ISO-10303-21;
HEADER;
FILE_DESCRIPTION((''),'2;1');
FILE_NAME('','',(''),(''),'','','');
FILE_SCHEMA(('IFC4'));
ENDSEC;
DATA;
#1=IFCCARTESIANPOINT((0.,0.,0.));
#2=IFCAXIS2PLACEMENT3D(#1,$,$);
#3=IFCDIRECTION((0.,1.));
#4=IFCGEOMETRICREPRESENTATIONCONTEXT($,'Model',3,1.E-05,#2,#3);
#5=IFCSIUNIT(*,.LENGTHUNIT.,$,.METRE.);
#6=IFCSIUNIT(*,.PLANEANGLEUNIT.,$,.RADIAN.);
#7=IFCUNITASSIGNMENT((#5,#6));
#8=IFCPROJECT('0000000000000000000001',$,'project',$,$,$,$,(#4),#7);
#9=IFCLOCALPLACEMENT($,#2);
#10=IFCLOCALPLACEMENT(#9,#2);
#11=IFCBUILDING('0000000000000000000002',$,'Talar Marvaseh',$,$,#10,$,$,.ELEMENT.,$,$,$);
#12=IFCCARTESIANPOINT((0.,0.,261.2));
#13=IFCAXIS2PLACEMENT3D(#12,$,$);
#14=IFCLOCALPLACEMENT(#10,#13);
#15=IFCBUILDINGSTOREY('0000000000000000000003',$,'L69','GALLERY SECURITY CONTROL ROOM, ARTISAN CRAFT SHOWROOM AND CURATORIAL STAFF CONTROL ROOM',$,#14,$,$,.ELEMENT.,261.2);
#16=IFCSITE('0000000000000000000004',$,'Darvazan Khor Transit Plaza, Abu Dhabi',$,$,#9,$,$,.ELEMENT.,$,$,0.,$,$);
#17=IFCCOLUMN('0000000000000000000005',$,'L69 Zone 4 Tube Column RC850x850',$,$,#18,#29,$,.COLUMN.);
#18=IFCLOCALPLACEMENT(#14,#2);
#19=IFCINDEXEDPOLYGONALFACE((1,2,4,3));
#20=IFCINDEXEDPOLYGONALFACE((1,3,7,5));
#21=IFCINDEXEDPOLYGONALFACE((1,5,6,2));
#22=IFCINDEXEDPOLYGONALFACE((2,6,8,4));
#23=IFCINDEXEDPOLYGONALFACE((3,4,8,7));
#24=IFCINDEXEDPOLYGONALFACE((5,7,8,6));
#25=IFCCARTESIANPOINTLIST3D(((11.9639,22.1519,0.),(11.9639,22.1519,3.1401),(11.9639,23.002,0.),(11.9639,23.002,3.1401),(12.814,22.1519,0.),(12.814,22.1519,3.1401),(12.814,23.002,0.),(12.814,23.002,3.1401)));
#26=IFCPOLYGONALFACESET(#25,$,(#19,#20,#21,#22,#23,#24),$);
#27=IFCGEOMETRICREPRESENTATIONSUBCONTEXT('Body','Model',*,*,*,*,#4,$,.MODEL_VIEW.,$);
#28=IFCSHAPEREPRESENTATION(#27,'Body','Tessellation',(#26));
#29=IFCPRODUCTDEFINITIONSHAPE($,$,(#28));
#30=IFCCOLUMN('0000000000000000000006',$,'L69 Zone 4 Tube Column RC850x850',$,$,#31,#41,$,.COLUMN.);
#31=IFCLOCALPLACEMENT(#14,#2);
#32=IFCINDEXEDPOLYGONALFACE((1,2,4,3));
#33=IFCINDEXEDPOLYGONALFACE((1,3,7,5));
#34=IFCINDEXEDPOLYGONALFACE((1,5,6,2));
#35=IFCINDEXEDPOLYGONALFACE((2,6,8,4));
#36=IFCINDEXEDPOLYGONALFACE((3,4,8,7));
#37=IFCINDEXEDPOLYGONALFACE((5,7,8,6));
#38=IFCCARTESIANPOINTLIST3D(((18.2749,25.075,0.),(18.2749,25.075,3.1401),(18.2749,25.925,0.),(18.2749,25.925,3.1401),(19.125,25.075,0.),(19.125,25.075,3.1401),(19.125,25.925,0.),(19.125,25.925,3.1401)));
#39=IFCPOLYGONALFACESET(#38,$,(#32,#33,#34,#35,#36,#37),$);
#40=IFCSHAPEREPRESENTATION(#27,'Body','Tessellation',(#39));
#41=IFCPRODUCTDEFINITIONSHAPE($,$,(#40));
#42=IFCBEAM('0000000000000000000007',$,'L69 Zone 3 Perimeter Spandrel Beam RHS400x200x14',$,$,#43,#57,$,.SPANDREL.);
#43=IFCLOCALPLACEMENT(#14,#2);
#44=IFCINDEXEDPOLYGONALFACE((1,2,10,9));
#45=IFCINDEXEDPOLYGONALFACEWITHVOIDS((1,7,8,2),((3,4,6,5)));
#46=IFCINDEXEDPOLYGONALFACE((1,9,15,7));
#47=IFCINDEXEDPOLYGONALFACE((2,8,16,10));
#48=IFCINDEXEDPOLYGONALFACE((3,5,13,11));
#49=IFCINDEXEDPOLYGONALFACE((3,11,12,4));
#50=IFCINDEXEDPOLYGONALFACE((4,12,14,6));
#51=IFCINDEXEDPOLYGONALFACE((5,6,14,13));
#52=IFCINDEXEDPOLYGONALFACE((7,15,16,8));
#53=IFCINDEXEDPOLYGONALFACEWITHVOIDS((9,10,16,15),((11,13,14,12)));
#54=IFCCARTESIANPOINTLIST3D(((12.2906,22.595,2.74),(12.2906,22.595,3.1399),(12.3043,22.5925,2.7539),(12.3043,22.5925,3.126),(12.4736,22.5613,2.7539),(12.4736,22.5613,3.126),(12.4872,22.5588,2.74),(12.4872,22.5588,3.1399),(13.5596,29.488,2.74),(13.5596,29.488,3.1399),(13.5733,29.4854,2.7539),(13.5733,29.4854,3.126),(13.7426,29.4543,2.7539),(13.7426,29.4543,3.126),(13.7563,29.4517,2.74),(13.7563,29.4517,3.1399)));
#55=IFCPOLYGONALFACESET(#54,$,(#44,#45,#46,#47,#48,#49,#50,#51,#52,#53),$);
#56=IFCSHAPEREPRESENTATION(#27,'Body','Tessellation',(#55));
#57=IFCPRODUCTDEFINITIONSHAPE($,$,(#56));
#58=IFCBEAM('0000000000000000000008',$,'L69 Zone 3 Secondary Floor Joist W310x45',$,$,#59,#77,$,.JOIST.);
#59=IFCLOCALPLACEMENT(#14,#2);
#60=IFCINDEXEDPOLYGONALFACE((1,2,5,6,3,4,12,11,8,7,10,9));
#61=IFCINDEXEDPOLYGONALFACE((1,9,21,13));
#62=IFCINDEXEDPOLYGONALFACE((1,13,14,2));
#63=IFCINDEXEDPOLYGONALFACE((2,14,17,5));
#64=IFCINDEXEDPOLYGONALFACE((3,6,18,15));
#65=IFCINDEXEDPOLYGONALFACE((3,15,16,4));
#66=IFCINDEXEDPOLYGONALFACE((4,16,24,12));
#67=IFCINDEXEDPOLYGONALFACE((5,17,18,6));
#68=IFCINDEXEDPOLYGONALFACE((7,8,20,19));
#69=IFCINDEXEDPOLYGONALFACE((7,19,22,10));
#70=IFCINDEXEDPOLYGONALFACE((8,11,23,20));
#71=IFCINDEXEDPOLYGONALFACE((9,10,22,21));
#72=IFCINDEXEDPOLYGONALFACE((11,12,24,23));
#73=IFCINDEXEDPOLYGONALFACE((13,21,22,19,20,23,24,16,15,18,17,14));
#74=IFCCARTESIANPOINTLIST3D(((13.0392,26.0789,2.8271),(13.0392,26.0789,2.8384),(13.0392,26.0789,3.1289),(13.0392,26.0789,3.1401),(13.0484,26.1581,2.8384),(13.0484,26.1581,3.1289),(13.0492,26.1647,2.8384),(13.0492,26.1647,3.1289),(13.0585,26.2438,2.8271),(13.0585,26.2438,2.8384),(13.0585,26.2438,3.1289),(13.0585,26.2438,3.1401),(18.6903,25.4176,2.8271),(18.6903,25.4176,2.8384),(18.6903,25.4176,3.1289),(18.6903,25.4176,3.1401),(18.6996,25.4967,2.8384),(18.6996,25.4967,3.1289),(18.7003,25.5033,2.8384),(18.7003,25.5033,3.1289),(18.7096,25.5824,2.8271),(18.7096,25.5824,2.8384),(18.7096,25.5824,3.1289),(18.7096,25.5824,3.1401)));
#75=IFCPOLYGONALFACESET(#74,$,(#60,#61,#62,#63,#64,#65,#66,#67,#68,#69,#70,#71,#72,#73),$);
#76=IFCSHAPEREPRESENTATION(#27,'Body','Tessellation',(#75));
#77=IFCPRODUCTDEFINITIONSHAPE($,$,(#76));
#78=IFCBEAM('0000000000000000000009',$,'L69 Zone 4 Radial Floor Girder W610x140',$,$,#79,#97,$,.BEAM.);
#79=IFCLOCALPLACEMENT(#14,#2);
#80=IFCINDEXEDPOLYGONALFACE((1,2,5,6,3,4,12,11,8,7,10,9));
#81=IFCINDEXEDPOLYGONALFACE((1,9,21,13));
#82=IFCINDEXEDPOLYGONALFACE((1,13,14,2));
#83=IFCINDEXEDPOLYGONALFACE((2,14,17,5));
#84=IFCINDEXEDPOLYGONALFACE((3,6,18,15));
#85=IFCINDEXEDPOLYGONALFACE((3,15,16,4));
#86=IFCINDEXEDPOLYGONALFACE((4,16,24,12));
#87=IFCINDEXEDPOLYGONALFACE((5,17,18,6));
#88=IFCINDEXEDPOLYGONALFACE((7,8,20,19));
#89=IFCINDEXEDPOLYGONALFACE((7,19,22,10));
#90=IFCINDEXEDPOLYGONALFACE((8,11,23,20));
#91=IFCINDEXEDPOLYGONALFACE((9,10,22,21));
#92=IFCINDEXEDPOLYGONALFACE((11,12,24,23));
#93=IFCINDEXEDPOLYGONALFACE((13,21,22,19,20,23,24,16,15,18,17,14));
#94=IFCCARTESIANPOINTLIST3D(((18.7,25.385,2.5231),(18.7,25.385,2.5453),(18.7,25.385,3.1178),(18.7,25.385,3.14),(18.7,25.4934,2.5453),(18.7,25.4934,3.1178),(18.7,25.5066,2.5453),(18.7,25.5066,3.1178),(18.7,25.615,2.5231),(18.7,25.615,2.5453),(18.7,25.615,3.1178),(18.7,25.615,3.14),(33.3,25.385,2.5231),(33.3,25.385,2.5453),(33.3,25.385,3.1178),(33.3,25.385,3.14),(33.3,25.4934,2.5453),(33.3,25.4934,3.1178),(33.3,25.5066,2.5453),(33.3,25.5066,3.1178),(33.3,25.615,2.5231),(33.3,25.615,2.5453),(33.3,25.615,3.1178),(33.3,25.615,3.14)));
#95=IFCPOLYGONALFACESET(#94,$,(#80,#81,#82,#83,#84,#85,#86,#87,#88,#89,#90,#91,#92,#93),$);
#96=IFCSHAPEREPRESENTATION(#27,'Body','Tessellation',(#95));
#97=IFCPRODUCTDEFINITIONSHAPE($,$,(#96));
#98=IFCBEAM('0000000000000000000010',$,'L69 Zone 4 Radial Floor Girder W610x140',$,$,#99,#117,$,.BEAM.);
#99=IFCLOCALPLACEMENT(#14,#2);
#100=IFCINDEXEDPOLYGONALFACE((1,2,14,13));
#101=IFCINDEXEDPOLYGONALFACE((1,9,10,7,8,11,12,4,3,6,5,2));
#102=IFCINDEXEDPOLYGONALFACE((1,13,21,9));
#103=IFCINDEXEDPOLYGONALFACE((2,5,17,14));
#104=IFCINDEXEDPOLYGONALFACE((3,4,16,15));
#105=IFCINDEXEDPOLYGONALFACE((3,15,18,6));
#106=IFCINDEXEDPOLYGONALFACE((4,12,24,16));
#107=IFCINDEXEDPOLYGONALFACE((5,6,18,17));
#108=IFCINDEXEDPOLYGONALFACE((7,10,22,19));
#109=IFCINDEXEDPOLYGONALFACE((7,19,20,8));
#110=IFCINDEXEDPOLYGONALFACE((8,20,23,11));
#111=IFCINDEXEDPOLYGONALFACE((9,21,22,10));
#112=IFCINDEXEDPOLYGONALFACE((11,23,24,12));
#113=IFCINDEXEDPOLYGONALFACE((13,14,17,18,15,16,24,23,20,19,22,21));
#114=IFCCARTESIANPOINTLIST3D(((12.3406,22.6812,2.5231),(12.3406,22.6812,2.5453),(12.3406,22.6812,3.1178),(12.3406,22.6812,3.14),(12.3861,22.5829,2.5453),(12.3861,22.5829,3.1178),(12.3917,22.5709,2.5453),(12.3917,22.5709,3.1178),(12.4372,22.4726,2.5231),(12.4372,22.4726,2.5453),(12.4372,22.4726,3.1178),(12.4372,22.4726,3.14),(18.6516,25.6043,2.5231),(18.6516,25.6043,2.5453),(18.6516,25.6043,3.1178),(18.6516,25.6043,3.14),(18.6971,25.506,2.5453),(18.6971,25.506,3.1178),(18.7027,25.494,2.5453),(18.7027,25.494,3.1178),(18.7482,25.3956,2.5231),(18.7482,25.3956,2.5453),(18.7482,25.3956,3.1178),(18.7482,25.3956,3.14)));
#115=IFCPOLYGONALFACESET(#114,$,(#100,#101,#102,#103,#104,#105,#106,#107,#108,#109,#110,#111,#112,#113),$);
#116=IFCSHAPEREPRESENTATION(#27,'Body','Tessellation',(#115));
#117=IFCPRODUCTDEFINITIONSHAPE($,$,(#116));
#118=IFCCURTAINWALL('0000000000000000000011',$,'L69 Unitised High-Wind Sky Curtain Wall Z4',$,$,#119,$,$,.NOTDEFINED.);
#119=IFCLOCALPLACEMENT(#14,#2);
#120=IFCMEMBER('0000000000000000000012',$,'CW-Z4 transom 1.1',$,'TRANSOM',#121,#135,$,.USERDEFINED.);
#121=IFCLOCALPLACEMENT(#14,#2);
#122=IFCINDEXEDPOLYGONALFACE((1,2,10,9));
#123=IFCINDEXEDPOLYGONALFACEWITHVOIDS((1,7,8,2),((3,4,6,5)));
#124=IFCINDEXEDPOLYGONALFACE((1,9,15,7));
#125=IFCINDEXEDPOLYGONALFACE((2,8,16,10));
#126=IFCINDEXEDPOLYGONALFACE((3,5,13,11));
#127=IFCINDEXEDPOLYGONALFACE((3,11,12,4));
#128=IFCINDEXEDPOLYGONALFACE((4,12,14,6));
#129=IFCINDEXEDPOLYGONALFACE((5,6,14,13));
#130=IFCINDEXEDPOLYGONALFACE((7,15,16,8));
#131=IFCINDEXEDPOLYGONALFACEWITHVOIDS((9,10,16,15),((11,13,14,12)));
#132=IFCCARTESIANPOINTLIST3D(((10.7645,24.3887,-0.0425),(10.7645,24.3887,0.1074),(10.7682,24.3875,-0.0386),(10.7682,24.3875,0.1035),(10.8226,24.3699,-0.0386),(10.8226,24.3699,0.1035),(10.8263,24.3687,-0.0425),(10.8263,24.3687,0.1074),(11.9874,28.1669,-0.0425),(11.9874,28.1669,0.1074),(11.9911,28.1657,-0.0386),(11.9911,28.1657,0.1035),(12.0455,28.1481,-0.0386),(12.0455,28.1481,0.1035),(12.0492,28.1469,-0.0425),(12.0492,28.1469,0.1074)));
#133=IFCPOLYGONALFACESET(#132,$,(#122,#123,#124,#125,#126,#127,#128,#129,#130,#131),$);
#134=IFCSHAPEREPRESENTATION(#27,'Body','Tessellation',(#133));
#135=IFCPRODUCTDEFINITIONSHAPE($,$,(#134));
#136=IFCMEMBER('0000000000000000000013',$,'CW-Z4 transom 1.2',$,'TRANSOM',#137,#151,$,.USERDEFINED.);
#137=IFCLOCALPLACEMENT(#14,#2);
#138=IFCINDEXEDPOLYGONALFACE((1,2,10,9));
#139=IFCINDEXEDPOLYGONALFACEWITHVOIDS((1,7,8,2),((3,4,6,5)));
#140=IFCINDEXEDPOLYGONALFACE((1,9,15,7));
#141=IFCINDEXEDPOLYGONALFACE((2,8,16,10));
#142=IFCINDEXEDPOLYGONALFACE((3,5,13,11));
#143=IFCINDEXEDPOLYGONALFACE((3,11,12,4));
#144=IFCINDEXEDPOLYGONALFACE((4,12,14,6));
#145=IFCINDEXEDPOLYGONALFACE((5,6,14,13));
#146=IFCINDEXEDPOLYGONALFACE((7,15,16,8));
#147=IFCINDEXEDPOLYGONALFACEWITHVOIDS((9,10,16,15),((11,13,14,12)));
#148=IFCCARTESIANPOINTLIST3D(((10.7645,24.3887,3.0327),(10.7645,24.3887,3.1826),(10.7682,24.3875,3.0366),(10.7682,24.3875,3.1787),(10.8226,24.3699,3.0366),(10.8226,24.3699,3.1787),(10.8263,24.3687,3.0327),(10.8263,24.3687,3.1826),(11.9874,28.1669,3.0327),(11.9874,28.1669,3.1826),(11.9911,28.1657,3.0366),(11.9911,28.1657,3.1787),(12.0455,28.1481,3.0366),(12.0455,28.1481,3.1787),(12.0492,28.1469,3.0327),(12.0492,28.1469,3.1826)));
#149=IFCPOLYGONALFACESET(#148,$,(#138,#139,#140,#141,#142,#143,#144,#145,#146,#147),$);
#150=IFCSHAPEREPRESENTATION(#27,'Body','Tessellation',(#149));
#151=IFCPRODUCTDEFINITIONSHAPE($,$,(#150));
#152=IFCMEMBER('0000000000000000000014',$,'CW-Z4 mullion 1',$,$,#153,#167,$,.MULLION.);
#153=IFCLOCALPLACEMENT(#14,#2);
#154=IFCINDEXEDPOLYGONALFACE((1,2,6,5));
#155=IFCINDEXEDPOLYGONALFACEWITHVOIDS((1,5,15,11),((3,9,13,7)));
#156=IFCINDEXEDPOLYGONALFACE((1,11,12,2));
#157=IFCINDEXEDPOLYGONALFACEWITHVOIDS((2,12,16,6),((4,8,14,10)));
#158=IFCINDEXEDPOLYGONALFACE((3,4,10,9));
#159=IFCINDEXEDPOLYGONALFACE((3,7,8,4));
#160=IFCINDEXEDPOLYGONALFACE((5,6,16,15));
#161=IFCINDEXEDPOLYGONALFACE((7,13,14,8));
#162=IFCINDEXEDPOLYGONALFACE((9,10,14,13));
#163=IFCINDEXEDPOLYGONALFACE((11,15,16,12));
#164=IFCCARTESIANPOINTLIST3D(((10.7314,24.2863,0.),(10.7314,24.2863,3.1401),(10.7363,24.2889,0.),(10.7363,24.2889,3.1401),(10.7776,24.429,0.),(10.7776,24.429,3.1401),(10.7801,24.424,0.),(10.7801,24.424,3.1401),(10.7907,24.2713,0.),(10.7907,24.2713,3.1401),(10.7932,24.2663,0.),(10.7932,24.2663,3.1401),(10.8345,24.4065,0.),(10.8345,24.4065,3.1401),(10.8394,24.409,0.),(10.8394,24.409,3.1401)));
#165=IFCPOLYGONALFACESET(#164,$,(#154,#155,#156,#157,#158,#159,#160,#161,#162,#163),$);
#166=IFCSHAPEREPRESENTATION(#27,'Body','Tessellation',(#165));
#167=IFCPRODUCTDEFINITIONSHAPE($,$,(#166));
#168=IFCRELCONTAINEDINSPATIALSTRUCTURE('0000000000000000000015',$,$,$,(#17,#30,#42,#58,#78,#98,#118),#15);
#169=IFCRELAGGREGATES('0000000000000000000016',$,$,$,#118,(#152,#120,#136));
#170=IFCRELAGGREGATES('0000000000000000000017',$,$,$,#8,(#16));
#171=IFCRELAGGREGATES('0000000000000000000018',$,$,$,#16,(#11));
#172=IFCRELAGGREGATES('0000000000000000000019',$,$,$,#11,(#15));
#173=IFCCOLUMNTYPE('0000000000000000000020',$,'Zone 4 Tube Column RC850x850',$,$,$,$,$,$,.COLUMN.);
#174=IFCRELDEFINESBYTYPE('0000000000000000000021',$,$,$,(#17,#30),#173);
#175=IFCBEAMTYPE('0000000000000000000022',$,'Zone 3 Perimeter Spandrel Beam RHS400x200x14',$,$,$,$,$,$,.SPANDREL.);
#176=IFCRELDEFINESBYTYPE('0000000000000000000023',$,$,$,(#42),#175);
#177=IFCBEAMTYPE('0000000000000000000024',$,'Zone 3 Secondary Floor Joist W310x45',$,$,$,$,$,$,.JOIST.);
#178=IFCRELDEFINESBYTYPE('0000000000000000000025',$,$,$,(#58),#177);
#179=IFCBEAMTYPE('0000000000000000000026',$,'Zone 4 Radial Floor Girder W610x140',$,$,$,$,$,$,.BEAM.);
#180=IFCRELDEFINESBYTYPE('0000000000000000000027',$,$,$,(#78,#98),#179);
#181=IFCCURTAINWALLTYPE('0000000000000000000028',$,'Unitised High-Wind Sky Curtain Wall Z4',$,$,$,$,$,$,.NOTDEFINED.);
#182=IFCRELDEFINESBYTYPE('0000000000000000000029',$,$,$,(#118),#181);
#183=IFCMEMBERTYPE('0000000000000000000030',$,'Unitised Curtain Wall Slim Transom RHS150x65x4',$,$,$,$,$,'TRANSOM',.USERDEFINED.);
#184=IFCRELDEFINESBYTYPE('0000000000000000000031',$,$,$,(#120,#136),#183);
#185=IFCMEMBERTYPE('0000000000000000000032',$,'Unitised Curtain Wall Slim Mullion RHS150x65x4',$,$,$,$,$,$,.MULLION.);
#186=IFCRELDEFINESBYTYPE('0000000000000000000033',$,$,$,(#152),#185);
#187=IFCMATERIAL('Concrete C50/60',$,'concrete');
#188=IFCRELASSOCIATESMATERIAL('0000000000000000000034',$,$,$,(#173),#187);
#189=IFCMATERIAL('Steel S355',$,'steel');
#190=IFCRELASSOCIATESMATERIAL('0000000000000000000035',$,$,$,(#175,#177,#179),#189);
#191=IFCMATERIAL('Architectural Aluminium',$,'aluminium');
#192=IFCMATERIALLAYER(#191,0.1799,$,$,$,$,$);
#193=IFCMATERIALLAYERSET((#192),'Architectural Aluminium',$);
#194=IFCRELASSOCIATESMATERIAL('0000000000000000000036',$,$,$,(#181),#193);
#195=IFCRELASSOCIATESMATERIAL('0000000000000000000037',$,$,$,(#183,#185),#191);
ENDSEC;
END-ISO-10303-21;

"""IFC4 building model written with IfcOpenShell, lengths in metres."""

from ifc_helpers import new_model, si_unit, direction, frame, origin, origin_2d, place, context, subcontext, project, spatial, rectangle, hollow_rectangle, i_section, extrude, source, transform, mapped, material, layer, layer_set, material_profile, profile_set, type_object, type_shapes, element, aggregate, save


model = new_model("IFC4")

# Units and contexts
model_context = context("Model", 3, precision=1e-05, world=origin(), true_north=direction((0.0, 1.0)))
body_context = subcontext(model_context, "Body", "Model", "MODEL_VIEW")
ifc_project = project(units=[si_unit("LENGTHUNIT", "METRE"), si_unit("PLANEANGLEUNIT", "RADIAN")], contexts=[model_context])

# Site, building, storey
site_placement = place(None, origin())
site = spatial("IfcSite", under=ifc_project, at=site_placement, Name="Darvazan Khor Transit Plaza, Abu Dhabi", CompositionType="ELEMENT", RefElevation=0.0)
building_placement = place(site_placement, origin())
building = spatial("IfcBuilding", under=site, at=building_placement, Name="Talar Marvaseh", CompositionType="ELEMENT")
storey_placement = place(building_placement, frame((0.0, 0.0, 261.2)))
storey = spatial("IfcBuildingStorey", under=building, at=storey_placement, Name="L69", Description="GALLERY SECURITY CONTROL ROOM, ARTISAN CRAFT SHOWROOM AND CURATORIAL STAFF CONTROL ROOM", CompositionType="ELEMENT", Elevation=261.2)

# Columns
ifc_material_1 = material(Name="Concrete C50/60", Category="concrete")
ifc_material_profile_1 = material_profile(ifc_material_1, rectangle(XDim=0.8501, YDim=0.8501, at=origin_2d()), Name="RC850x850")
ifc_profile_set_1 = profile_set([ifc_material_profile_1], Name="Concrete C50/60")
column_type = type_object("IfcColumnType", Name="Zone 4 Tube Column RC850x850", PredefinedType="COLUMN", material=ifc_profile_set_1)
for number, where, z_axis, x_axis, name in (
    (1, (12.3889, 22.5769, 0.0), (0.0, 0.0, 1.0), (1.0, 0.0, 0.0), "L69 Zone 4 Tube Column RC850x850"),
    (2, (18.7, 25.5, 0.0), (0.0, 0.0, 1.0), (1.0, 0.0, 0.0), "L69 Zone 4 Tube Column RC850x850"),
):
    element("IfcColumn", number, at=place(storey_placement, frame(where, z_axis=z_axis, x_axis=x_axis)), inside=storey, type_object=column_type, Name=name, PredefinedType="COLUMN", context=body_context, shape_type="SweptSolid", body=[
        extrude(rectangle(XDim=0.8501, YDim=0.8501, at=origin_2d()), origin(), (0.0, 0.0, 1.0), 3.1401),
    ])

# Beams
ifc_material_2 = material(Name="Steel S355", Category="steel")
ifc_material_profile_2 = material_profile(ifc_material_2, hollow_rectangle(XDim=0.2, YDim=0.3999, WallThickness=0.0139, at=origin_2d()), Name="RHS400x200x14")
ifc_profile_set_2 = profile_set([ifc_material_profile_2], Name="Steel S355")
beam_type_1 = type_object("IfcBeamType", Name="Zone 3 Perimeter Spandrel Beam RHS400x200x14", PredefinedType="SPANDREL", material=ifc_profile_set_2)
beam_1_placement = place(storey_placement, frame((12.3889, 22.5769, 2.9399), z_axis=(0.181061, 0.983472, 0.0), x_axis=(-0.983472, 0.181061, 0.0)))
element("IfcBeam", 3, at=beam_1_placement, inside=storey, type_object=beam_type_1, Name="L69 Zone 3 Perimeter Spandrel Beam RHS400x200x14", PredefinedType="SPANDREL", context=body_context, shape_type="SweptSolid", body=[
    extrude(hollow_rectangle(XDim=0.2, YDim=0.3999, WallThickness=0.0139, at=origin_2d()), origin(), (0.0, 0.0, 1.0), 7.0088),
])
ifc_material_profile_3 = material_profile(ifc_material_2, i_section(OverallWidth=0.166, OverallDepth=0.313, WebThickness=0.0066, FlangeThickness=0.0112, at=origin_2d()), Name="W310x45")
ifc_profile_set_3 = profile_set([ifc_material_profile_3], Name="Steel S355")
beam_type_2 = type_object("IfcBeamType", Name="Zone 3 Secondary Floor Joist W310x45", PredefinedType="JOIST", material=ifc_profile_set_3)
beam_2_placement = place(storey_placement, frame((13.0488, 26.1614, 2.9836), z_axis=(0.993221, -0.116241, 0.0), x_axis=(0.116241, 0.993221, 0.0)))
element("IfcBeam", 4, at=beam_2_placement, inside=storey, type_object=beam_type_2, Name="L69 Zone 3 Secondary Floor Joist W310x45", PredefinedType="JOIST", context=body_context, shape_type="SweptSolid", body=[
    extrude(i_section(OverallWidth=0.166, OverallDepth=0.313, WebThickness=0.0066, FlangeThickness=0.0112, at=origin_2d()), origin(), (0.0, 0.0, 1.0), 5.6897),
])
ifc_material_profile_4 = material_profile(ifc_material_2, i_section(OverallWidth=0.23, OverallDepth=0.6169, WebThickness=0.0132, FlangeThickness=0.0222, at=origin_2d()), Name="W610x140")
ifc_profile_set_4 = profile_set([ifc_material_profile_4], Name="Steel S355")
beam_type_3 = type_object("IfcBeamType", Name="Zone 4 Radial Floor Girder W610x140", PredefinedType="BEAM", material=ifc_profile_set_4)
beam_3_placement = place(storey_placement, frame((18.7, 25.5, 2.8315), z_axis=(1.0, 0.0, 0.0), x_axis=(0.0, 1.0, 0.0)))
element("IfcBeam", 5, at=beam_3_placement, inside=storey, type_object=beam_type_3, Name="L69 Zone 4 Radial Floor Girder W610x140", PredefinedType="BEAM", context=body_context, shape_type="SweptSolid", body=[
    extrude(i_section(OverallWidth=0.23, OverallDepth=0.6169, WebThickness=0.0132, FlangeThickness=0.0222, at=origin_2d()), origin(), (0.0, 0.0, 1.0), 14.6001),
])
beam_4_placement = place(storey_placement, frame((12.3889, 22.5769, 2.8315), z_axis=(0.907395, 0.42028, 0.0), x_axis=(-0.42028, 0.907395, 0.0)))
element("IfcBeam", 6, at=beam_4_placement, inside=storey, type_object=beam_type_3, Name="L69 Zone 4 Radial Floor Girder W610x140", PredefinedType="BEAM", context=body_context, shape_type="SweptSolid", body=[
    extrude(i_section(OverallWidth=0.23, OverallDepth=0.6169, WebThickness=0.0132, FlangeThickness=0.0222, at=origin_2d()), origin(), (0.0, 0.0, 1.0), 6.9551),
])

# Curtain wall, members
ifc_material_3 = material(Name="Architectural Aluminium", Category="aluminium")
ifc_layer_1 = layer(ifc_material_3, 0.1799)
ifc_layer_set_1 = layer_set([ifc_layer_1], Name="Architectural Aluminium")
curtain_wall_type = type_object("IfcCurtainWallType", Name="Unitised High-Wind Sky Curtain Wall Z4", PredefinedType="NOTDEFINED", material=ifc_layer_set_1)
curtain_wall_placement = place(storey_placement, origin())
curtain_wall = element("IfcCurtainWall", 7, at=curtain_wall_placement, inside=storey, type_object=curtain_wall_type, Name="L69 Unitised High-Wind Sky Curtain Wall Z4", PredefinedType="NOTDEFINED")
ifc_material_profile_5 = material_profile(ifc_material_3, hollow_rectangle(XDim=0.0649, YDim=0.1499, WallThickness=0.0039, at=origin_2d()), Name="RHS150x65x4")
ifc_profile_set_5 = profile_set([ifc_material_profile_5], Name="Architectural Aluminium")
member_type_1 = type_object("IfcMemberType", Name="Unitised Curtain Wall Slim Transom RHS150x65x4", ElementType="TRANSOM", PredefinedType="USERDEFINED", material=ifc_profile_set_5)
shared_shape_1 = source(origin(), body_context, "Body", "SweptSolid", [
    extrude(hollow_rectangle(XDim=0.0649, YDim=0.1499, WallThickness=0.0039, at=origin_2d()), origin(), (0.0, 0.0, 1.0), 3.9712),
])
type_shapes(member_type_1, [shared_shape_1])
member_1_placement = place(storey_placement, frame((10.7954, 24.3787, 0.0325), z_axis=(0.307935, 0.951407, 0.0), x_axis=(-0.951407, 0.307935, 0.0)))
member_1 = element("IfcMember", 8, at=member_1_placement, type_object=member_type_1, Name="CW-Z4 transom 1.1", ObjectType="TRANSOM", PredefinedType="USERDEFINED", context=body_context, shape_type="MappedRepresentation", body=[
    mapped(shared_shape_1, transform((0.0, 0.0, 0.0), x_axis=(1.0, 0.0, 0.0), y_axis=(0.0, 1.0, 0.0), z_axis=(0.0, 0.0, 1.0), scale=1.0)),
])
member_2_placement = place(storey_placement, frame((10.7954, 24.3787, 3.1077), z_axis=(0.307935, 0.951407, 0.0), x_axis=(-0.951407, 0.307935, 0.0)))
member_2 = element("IfcMember", 9, at=member_2_placement, type_object=member_type_1, Name="CW-Z4 transom 1.2", ObjectType="TRANSOM", PredefinedType="USERDEFINED", context=body_context, shape_type="MappedRepresentation", body=[
    mapped(shared_shape_1, transform((0.0, 0.0, 0.0), x_axis=(1.0, 0.0, 0.0), y_axis=(0.0, 1.0, 0.0), z_axis=(0.0, 0.0, 1.0), scale=1.0)),
])
ifc_material_profile_6 = material_profile(ifc_material_3, hollow_rectangle(XDim=0.0649, YDim=0.1499, WallThickness=0.0039, at=origin_2d()), Name="RHS150x65x4")
ifc_profile_set_6 = profile_set([ifc_material_profile_6], Name="Architectural Aluminium")
member_type_2 = type_object("IfcMemberType", Name="Unitised Curtain Wall Slim Mullion RHS150x65x4", PredefinedType="MULLION", material=ifc_profile_set_6)
shared_shape_2 = source(origin(), body_context, "Body", "SweptSolid", [
    extrude(hollow_rectangle(XDim=0.0649, YDim=0.1499, WallThickness=0.0039, at=origin_2d()), origin(), (0.0, 0.0, 1.0), 3.1401),
])
type_shapes(member_type_2, [shared_shape_2])
member_3_placement = place(storey_placement, frame((10.7854, 24.3477, 0.0), z_axis=(0.0, 0.0, 1.0), x_axis=(-0.951422, 0.307889, 0.0)))
member_3 = element("IfcMember", 10, at=member_3_placement, type_object=member_type_2, Name="CW-Z4 mullion 1", PredefinedType="MULLION", context=body_context, shape_type="MappedRepresentation", body=[
    mapped(shared_shape_2, transform((0.0, 0.0, 0.0), x_axis=(1.0, 0.0, 0.0), y_axis=(0.0, 1.0, 0.0), z_axis=(0.0, 0.0, 1.0), scale=1.0)),
])
aggregate(curtain_wall, [member_3, member_1, member_2])

save(model, "model.ifc")
